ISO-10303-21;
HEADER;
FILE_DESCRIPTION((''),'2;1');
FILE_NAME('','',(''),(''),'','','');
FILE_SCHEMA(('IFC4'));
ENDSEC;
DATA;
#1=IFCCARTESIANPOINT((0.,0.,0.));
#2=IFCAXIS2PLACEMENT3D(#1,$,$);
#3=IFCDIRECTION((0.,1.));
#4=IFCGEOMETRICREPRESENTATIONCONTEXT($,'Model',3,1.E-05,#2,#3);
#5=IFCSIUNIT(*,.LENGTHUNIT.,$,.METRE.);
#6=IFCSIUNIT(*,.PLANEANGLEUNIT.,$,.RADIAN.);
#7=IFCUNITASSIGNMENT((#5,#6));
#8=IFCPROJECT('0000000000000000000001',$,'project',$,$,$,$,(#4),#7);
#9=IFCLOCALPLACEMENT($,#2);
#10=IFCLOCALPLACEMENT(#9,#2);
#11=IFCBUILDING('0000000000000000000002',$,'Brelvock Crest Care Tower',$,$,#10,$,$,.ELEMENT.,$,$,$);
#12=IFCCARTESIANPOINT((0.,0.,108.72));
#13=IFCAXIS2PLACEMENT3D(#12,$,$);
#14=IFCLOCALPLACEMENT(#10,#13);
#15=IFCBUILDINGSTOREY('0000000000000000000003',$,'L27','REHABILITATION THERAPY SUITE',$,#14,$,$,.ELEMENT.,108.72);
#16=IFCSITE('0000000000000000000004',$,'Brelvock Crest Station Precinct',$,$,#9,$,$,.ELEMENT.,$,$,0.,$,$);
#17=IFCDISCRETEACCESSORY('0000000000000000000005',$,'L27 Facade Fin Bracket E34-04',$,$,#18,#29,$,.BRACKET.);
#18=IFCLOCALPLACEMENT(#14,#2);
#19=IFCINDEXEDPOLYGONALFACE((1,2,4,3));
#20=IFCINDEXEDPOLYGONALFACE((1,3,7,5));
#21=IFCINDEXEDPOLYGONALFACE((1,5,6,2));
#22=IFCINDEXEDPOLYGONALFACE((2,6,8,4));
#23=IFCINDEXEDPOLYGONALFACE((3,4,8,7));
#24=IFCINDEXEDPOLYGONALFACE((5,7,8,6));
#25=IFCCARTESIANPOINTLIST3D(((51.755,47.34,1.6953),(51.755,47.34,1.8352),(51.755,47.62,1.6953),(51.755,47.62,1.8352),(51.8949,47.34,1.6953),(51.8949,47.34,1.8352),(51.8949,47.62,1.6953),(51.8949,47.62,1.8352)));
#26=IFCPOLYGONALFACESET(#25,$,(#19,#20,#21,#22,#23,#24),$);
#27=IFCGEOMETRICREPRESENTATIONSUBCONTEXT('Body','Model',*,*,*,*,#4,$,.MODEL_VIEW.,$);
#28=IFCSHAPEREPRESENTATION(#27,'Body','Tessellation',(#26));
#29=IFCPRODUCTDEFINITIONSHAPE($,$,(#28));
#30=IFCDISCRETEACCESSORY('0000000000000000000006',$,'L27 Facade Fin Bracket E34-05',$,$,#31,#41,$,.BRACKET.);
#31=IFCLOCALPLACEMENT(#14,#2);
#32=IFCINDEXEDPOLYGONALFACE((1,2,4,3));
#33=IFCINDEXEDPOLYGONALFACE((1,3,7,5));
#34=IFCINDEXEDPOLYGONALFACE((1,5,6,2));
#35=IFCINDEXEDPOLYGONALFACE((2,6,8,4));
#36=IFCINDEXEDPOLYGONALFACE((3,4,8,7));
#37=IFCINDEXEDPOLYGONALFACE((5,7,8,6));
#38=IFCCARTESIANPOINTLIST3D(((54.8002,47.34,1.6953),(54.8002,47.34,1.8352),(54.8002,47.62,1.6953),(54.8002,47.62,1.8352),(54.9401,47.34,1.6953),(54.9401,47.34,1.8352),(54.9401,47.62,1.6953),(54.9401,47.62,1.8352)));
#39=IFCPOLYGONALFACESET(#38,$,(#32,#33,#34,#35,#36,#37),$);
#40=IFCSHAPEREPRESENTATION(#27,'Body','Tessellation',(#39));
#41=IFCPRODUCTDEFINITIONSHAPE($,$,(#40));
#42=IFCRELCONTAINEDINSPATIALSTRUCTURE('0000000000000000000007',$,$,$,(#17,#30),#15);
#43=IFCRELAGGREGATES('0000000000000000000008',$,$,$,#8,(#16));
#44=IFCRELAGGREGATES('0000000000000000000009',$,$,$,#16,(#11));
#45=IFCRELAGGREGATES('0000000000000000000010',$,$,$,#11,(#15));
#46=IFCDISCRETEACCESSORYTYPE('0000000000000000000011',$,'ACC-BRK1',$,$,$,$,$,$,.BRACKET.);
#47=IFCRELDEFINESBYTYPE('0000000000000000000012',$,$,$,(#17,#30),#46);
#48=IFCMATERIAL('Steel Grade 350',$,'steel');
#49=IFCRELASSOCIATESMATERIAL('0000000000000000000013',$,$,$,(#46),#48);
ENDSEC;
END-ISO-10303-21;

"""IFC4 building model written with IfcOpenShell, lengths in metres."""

from ifc_helpers import new_model, si_unit, direction, frame, origin, origin_2d, place, context, subcontext, project, spatial, rectangle, extrude, source, transform, mapped, material, type_object, element, save


model = new_model("IFC4")

# Units and contexts
model_context = context("Model", 3, precision=1e-05, world=origin(), true_north=direction((0.0, 1.0)))
body_context = subcontext(model_context, "Body", "Model", "MODEL_VIEW")
ifc_project = project(units=[si_unit("LENGTHUNIT", "METRE"), si_unit("PLANEANGLEUNIT", "RADIAN")], contexts=[model_context])

# Site, building, storey
site_placement = place(None, origin())
site = spatial("IfcSite", under=ifc_project, at=site_placement, Name="Brelvock Crest Station Precinct", CompositionType="ELEMENT", RefElevation=0.0)
building_placement = place(site_placement, origin())
building = spatial("IfcBuilding", under=site, at=building_placement, Name="Brelvock Crest Care Tower", CompositionType="ELEMENT")
storey_placement = place(building_placement, frame((0.0, 0.0, 108.72)))
storey = spatial("IfcBuildingStorey", under=building, at=storey_placement, Name="L27", Description="REHABILITATION THERAPY SUITE", CompositionType="ELEMENT", Elevation=108.72)

# Discrete accessories
ifc_material_1 = material(Name="Steel Grade 350", Category="steel")
discrete_accessory_type = type_object("IfcDiscreteAccessoryType", Name="ACC-BRK1", PredefinedType="BRACKET", material=ifc_material_1)
shared_shape_1 = source(origin(), body_context, "Body", "SweptSolid", [
    extrude(rectangle(XDim=0.28, YDim=0.1399, at=origin_2d()), origin(), (0.0, 0.0, 1.0), 0.1399),
])
for number, where, z_axis, x_axis, name in (
    (1, (51.825, 47.48, 1.6953), (0.0, 0.0, 1.0), (0.0, 1.0, 0.0), "L27 Facade Fin Bracket E34-04"),
    (2, (54.8701, 47.48, 1.6953), (0.0, 0.0, 1.0), (0.0, 1.0, 0.0), "L27 Facade Fin Bracket E34-05"),
):
    element("IfcDiscreteAccessory", number, at=place(storey_placement, frame(where, z_axis=z_axis, x_axis=x_axis)), inside=storey, type_object=discrete_accessory_type, Name=name, PredefinedType="BRACKET", context=body_context, shape_type="MappedRepresentation", body=[
        mapped(shared_shape_1, transform((0.0, 0.0, 0.0), x_axis=(1.0, 0.0, 0.0), y_axis=(0.0, 1.0, 0.0), z_axis=(0.0, 0.0, 1.0), scale=1.0)),
    ])

save(model, "model.ifc")
